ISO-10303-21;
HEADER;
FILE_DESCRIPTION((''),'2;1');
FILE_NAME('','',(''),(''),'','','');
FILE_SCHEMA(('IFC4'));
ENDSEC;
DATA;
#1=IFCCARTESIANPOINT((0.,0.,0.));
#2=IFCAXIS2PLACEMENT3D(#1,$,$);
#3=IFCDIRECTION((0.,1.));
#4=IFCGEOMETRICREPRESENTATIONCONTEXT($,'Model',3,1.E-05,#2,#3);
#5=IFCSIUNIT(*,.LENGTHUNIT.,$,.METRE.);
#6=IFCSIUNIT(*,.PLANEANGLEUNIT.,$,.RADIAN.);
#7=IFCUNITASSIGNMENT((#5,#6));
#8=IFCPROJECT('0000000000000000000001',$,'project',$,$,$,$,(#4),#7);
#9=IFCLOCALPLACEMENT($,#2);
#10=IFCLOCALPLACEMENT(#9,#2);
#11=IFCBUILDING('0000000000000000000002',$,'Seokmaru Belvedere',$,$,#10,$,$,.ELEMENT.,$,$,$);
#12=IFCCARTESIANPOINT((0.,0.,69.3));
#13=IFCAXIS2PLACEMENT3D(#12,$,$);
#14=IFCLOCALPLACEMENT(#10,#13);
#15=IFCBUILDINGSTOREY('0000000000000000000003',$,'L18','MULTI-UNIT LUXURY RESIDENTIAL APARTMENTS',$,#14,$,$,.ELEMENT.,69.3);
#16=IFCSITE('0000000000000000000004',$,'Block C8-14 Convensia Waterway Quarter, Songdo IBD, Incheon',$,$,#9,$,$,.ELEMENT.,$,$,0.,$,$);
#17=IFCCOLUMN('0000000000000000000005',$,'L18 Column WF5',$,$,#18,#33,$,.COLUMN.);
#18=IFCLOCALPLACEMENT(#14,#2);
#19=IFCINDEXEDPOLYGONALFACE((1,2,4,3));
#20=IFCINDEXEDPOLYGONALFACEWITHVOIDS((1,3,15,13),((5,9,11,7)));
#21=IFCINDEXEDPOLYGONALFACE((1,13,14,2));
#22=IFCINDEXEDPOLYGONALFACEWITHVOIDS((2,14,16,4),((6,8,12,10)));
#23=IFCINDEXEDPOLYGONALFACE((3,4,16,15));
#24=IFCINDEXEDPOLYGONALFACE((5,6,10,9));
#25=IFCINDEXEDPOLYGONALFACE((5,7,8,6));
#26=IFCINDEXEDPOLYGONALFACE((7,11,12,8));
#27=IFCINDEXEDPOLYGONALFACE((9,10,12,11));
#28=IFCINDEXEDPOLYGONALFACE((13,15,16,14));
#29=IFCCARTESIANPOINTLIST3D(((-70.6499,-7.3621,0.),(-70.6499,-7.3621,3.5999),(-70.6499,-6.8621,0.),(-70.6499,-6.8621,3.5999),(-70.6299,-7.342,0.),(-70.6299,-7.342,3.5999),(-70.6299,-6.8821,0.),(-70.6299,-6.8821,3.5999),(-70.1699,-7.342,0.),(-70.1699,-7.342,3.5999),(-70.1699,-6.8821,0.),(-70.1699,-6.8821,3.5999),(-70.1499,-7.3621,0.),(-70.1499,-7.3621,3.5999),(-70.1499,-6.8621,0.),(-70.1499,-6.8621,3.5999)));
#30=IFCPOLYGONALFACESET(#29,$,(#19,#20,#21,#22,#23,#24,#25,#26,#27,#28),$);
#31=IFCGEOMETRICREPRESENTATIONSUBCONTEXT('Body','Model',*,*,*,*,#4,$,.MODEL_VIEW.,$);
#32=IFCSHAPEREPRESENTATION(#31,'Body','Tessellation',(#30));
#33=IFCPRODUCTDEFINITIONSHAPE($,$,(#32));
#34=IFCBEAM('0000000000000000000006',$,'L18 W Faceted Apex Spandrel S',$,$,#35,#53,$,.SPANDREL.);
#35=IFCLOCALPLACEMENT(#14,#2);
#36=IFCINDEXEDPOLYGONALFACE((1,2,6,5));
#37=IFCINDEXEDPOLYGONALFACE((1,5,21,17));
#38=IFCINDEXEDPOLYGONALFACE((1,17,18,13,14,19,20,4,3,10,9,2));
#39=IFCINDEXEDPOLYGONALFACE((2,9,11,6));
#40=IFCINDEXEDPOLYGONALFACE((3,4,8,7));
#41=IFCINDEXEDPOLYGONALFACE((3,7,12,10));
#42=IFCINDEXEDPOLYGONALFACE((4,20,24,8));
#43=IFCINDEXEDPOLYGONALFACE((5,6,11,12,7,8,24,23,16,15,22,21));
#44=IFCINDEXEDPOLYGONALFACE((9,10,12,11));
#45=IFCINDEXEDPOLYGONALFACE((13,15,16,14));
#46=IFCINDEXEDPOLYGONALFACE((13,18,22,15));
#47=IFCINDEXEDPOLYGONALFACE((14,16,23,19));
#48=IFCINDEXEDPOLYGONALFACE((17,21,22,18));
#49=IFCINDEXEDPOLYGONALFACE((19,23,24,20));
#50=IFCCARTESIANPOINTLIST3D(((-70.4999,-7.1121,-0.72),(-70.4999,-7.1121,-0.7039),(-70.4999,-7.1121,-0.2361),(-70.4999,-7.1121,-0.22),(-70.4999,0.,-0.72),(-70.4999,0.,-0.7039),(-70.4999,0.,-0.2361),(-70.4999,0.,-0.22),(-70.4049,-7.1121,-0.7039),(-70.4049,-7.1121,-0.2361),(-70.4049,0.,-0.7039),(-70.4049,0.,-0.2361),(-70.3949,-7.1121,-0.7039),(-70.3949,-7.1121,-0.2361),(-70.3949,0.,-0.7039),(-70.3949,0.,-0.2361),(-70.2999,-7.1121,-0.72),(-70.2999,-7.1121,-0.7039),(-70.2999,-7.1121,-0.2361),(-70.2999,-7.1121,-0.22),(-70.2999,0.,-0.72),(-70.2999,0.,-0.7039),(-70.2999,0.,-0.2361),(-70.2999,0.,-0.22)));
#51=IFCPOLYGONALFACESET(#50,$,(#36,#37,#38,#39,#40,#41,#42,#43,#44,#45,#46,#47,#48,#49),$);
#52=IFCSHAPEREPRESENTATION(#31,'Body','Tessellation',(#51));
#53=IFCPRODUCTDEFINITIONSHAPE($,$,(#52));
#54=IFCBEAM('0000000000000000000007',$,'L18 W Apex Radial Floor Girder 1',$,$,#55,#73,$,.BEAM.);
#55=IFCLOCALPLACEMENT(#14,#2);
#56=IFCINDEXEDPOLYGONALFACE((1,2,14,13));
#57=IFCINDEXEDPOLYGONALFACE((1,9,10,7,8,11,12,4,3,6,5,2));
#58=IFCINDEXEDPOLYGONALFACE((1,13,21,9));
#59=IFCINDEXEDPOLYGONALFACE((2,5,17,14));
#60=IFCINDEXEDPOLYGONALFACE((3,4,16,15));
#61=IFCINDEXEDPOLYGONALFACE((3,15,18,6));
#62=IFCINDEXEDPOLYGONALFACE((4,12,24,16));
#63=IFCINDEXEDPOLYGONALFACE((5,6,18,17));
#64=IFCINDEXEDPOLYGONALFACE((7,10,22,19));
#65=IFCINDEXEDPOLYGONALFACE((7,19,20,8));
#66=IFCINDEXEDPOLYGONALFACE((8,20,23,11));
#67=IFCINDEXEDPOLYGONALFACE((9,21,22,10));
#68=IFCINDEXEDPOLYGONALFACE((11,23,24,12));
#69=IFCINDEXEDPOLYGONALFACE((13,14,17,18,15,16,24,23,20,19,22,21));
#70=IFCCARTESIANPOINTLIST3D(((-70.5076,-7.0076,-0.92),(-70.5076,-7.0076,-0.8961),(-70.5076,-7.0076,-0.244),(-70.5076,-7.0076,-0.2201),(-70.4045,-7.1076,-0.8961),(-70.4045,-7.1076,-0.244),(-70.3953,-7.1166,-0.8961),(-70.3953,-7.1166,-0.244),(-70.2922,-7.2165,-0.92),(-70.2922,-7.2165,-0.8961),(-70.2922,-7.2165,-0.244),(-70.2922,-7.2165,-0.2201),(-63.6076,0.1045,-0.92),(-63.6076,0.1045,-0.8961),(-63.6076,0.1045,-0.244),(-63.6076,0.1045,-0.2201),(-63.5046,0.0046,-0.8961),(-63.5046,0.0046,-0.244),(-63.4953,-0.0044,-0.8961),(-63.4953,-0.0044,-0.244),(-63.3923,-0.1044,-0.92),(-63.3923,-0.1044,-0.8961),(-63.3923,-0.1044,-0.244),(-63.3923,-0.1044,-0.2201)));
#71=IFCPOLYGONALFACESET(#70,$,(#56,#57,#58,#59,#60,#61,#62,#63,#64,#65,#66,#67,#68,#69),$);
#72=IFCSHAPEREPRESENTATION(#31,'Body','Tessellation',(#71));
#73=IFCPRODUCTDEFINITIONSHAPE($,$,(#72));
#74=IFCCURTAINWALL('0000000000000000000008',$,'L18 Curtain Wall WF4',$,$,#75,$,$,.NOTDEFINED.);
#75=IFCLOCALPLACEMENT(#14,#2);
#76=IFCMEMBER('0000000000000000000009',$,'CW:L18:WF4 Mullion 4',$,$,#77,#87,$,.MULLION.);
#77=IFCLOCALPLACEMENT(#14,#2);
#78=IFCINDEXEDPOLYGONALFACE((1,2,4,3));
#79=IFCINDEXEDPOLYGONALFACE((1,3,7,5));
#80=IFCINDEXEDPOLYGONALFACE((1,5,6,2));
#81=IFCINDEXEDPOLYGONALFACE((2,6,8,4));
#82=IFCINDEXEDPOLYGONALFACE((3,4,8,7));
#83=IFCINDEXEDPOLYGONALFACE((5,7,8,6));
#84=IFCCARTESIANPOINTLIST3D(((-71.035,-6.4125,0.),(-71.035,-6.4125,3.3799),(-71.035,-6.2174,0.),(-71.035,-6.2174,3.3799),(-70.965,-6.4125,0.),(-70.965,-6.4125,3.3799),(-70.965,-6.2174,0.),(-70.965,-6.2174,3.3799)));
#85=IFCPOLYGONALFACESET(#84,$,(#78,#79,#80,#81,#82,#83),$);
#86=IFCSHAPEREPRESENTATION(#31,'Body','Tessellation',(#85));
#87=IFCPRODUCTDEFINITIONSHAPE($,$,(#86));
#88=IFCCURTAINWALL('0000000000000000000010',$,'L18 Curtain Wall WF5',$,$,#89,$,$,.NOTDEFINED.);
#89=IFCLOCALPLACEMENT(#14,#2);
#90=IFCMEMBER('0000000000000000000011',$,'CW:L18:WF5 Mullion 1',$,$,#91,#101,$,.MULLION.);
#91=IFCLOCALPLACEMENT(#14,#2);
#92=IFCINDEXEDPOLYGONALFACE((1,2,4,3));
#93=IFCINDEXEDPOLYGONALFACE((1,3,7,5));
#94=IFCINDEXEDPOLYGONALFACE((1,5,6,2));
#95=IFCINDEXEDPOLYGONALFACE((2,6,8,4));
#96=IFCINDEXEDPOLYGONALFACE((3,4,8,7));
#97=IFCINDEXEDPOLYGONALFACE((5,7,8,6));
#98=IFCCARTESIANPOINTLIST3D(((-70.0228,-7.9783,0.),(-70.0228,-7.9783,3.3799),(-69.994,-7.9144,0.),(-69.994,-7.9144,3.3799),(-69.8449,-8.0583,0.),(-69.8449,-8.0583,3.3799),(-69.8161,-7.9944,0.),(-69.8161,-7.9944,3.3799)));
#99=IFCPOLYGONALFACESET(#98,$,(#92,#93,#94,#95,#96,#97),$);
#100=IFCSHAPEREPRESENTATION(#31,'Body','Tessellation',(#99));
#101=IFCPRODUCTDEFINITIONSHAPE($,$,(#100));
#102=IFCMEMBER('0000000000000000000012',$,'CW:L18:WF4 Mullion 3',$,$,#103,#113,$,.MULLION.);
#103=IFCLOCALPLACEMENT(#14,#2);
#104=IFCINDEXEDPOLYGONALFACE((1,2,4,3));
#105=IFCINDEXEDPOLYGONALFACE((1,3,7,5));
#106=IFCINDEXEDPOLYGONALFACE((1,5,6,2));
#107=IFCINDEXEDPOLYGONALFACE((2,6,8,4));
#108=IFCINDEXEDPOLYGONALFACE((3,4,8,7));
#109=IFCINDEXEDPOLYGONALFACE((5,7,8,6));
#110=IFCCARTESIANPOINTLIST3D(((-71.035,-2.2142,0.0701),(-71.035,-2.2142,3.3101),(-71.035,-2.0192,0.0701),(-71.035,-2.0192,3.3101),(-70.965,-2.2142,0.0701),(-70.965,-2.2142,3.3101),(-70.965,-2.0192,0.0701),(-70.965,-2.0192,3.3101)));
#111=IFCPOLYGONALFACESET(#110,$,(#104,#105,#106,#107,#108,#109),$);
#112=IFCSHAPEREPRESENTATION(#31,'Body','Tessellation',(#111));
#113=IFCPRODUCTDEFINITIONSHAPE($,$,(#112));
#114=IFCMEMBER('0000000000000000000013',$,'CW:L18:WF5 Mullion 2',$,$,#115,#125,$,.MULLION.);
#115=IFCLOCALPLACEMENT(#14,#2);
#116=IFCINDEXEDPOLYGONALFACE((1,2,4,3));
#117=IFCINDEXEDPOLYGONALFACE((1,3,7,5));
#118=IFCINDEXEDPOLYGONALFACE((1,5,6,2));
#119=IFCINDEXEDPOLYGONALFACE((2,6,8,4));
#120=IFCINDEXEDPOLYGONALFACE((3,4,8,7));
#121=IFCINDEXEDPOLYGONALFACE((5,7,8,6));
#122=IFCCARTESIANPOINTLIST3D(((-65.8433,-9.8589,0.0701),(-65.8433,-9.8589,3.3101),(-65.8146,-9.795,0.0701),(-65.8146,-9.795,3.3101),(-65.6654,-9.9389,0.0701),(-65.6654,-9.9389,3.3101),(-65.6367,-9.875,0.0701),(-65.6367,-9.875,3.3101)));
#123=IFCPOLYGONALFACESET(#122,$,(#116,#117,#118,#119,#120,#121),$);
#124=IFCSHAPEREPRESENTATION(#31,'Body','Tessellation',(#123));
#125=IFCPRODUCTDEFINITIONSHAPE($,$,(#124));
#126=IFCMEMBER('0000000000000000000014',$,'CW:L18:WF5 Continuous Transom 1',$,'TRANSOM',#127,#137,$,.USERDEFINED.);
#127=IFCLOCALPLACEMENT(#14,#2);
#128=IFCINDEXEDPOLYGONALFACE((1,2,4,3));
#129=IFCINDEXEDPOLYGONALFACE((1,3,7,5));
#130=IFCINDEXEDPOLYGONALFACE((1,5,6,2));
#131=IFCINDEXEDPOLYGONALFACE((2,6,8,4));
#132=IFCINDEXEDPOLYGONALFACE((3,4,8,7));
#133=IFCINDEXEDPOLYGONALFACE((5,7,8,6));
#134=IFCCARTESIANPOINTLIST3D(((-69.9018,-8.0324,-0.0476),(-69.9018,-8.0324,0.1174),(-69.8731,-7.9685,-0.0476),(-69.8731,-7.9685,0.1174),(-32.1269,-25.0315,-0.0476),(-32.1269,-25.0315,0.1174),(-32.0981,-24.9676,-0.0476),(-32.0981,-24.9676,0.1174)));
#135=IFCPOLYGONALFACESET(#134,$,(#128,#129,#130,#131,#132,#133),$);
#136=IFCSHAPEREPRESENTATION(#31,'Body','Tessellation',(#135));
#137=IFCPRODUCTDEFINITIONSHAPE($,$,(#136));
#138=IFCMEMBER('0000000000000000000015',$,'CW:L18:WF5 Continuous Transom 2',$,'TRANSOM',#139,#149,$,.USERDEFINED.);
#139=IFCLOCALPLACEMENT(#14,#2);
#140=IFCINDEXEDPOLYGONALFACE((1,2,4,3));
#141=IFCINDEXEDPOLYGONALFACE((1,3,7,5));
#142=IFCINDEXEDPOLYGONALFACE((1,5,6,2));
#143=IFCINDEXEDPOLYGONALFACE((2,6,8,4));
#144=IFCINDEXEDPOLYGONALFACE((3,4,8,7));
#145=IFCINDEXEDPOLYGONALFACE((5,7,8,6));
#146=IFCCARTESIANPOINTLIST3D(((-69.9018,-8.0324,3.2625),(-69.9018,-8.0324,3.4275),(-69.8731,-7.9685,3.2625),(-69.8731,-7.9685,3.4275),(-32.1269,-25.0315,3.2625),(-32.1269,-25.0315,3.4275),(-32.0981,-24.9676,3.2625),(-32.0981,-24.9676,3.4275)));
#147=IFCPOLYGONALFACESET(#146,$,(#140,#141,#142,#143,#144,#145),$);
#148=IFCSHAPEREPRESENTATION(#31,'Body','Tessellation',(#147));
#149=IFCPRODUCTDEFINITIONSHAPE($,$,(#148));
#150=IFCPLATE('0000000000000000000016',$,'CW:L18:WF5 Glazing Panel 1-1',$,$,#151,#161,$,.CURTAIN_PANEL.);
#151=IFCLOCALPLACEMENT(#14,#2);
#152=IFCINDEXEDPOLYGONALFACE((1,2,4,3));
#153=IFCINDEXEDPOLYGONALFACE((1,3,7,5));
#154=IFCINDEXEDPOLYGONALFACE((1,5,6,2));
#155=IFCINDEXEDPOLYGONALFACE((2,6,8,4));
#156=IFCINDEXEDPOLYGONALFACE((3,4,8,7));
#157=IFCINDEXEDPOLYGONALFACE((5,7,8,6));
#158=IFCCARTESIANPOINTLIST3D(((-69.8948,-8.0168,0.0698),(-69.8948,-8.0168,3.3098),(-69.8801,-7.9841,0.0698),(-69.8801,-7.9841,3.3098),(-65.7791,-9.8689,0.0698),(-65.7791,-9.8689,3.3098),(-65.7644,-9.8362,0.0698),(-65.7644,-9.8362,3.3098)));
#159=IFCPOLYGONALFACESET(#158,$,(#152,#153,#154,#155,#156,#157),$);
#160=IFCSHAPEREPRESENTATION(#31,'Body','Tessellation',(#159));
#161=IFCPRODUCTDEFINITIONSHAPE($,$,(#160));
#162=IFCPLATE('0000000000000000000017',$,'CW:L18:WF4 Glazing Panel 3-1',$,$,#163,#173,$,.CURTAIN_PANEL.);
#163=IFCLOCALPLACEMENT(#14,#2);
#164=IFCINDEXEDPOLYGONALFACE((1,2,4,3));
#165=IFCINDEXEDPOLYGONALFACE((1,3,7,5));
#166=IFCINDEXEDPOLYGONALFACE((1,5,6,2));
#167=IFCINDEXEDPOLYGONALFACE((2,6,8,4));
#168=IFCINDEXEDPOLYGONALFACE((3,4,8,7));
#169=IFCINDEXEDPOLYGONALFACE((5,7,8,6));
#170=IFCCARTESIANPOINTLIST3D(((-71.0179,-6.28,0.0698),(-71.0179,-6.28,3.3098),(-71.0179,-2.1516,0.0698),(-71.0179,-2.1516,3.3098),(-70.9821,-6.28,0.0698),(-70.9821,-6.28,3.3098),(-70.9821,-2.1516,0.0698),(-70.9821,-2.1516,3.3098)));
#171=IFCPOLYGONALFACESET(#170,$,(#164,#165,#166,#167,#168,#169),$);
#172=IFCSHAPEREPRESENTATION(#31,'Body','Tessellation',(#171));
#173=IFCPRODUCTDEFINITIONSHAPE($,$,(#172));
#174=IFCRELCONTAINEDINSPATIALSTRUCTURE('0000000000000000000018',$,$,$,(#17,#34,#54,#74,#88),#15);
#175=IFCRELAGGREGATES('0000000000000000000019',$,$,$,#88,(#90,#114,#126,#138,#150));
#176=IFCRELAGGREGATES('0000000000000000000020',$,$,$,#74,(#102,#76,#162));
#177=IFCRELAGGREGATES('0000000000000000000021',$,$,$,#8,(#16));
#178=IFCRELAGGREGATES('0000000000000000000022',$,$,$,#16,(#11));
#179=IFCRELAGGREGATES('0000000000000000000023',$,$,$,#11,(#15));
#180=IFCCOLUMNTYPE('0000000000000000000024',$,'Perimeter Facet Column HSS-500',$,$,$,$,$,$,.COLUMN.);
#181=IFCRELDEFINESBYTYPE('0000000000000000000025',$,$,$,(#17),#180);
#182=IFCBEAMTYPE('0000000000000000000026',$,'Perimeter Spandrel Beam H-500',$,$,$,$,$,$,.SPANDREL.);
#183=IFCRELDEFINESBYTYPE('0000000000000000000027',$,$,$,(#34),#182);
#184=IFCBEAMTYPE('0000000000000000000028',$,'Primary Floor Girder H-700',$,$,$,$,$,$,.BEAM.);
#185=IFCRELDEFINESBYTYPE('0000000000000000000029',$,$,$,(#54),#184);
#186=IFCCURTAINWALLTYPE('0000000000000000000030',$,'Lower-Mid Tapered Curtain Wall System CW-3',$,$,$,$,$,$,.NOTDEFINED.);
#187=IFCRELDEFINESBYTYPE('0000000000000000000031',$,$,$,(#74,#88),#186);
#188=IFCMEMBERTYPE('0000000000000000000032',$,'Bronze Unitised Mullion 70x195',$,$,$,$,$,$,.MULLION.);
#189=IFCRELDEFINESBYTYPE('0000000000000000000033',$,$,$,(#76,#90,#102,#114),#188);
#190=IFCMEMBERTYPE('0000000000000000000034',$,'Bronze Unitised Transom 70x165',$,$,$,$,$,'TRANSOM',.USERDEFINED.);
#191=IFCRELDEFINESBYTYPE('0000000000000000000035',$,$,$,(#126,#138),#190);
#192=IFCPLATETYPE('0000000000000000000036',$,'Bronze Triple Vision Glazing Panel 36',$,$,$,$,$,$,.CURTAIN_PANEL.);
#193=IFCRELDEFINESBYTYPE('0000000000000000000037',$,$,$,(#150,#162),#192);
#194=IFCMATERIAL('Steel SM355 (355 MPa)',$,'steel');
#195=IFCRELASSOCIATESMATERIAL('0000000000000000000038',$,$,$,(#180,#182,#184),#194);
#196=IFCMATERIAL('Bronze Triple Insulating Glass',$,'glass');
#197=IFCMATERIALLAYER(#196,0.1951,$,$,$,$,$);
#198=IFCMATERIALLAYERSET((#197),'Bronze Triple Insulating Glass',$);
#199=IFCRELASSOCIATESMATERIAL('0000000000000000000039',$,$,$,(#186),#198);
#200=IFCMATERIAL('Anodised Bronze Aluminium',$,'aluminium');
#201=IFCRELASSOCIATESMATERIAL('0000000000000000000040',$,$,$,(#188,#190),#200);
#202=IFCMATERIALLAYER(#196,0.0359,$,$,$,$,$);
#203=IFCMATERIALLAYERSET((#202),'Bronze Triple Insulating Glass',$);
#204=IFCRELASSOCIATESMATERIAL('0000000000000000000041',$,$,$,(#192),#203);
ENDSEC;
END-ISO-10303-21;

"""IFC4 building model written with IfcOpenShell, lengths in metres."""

from ifc_helpers import new_model, si_unit, direction, frame, origin, origin_2d, place, context, subcontext, project, spatial, rectangle, hollow_rectangle, i_section, extrude, source, transform, mapped, material, layer, layer_set, material_profile, profile_set, type_object, type_shapes, element, aggregate, save


model = new_model("IFC4")

# Units and contexts
model_context = context("Model", 3, precision=1e-05, world=origin(), true_north=direction((0.0, 1.0)))
body_context = subcontext(model_context, "Body", "Model", "MODEL_VIEW")
ifc_project = project(units=[si_unit("LENGTHUNIT", "METRE"), si_unit("PLANEANGLEUNIT", "RADIAN")], contexts=[model_context])

# Site, building, storey
site_placement = place(None, origin())
site = spatial("IfcSite", under=ifc_project, at=site_placement, Name="Block C8-14 Convensia Waterway Quarter, Songdo IBD, Incheon", CompositionType="ELEMENT", RefElevation=0.0)
building_placement = place(site_placement, origin())
building = spatial("IfcBuilding", under=site, at=building_placement, Name="Seokmaru Belvedere", CompositionType="ELEMENT")
storey_placement = place(building_placement, frame((0.0, 0.0, 69.3)))
storey = spatial("IfcBuildingStorey", under=building, at=storey_placement, Name="L18", Description="MULTI-UNIT LUXURY RESIDENTIAL APARTMENTS", CompositionType="ELEMENT", Elevation=69.3)

# Column
ifc_material_1 = material(Name="Steel SM355 (355 MPa)", Category="steel")
ifc_material_profile_1 = material_profile(ifc_material_1, hollow_rectangle(XDim=0.5, YDim=0.5, WallThickness=0.02, at=origin_2d()), Name="HSS-500x500x20")
ifc_profile_set_1 = profile_set([ifc_material_profile_1], Name="Steel SM355 (355 MPa)")
column_type = type_object("IfcColumnType", Name="Perimeter Facet Column HSS-500", PredefinedType="COLUMN", material=ifc_profile_set_1)
shared_shape_1 = source(origin(), body_context, "Body", "SweptSolid", [
    extrude(hollow_rectangle(XDim=0.5, YDim=0.5, WallThickness=0.02, at=origin_2d()), origin(), (0.0, 0.0, 1.0), 3.5999),
])
type_shapes(column_type, [shared_shape_1])
column_placement = place(storey_placement, frame((-70.3999, -7.1121, 0.0), z_axis=(0.0, 0.0, 1.0), x_axis=(1.0, 0.0, 0.0)))
element("IfcColumn", 1, at=column_placement, inside=storey, type_object=column_type, Name="L18 Column WF5", PredefinedType="COLUMN", context=body_context, shape_type="MappedRepresentation", body=[
    mapped(shared_shape_1, transform((0.0, 0.0, 0.0), scale=1.0)),
])

# Beams
ifc_material_profile_2 = material_profile(ifc_material_1, i_section(OverallWidth=0.2, OverallDepth=0.5, WebThickness=0.01, FlangeThickness=0.0161, at=origin_2d()), Name="H-500x200x10x16")
ifc_profile_set_2 = profile_set([ifc_material_profile_2], Name="Steel SM355 (355 MPa)")
beam_type_1 = type_object("IfcBeamType", Name="Perimeter Spandrel Beam H-500", PredefinedType="SPANDREL", material=ifc_profile_set_2)
shared_shape_2 = source(origin(), body_context, "Body", "SweptSolid", [
    extrude(i_section(OverallWidth=0.2, OverallDepth=0.5, WebThickness=0.01, FlangeThickness=0.0161, at=origin_2d()), origin(), (0.0, 0.0, 1.0), 7.1121),
])
type_shapes(beam_type_1, [shared_shape_2])
beam_1_placement = place(storey_placement, frame((-70.3999, -7.1121, -0.47), z_axis=(0.0, 1.0, 0.0), x_axis=(-1.0, 0.0, 0.0)))
element("IfcBeam", 2, at=beam_1_placement, inside=storey, type_object=beam_type_1, Name="L18 W Faceted Apex Spandrel S", PredefinedType="SPANDREL", context=body_context, shape_type="MappedRepresentation", body=[
    mapped(shared_shape_2, transform((0.0, 0.0, 0.0), scale=1.0)),
])
ifc_material_profile_3 = material_profile(ifc_material_1, i_section(OverallWidth=0.3, OverallDepth=0.7, WebThickness=0.0129, FlangeThickness=0.0239, at=origin_2d()), Name="H-700x300x13x24")
ifc_profile_set_3 = profile_set([ifc_material_profile_3], Name="Steel SM355 (355 MPa)")
beam_type_2 = type_object("IfcBeamType", Name="Primary Floor Girder H-700", PredefinedType="BEAM", material=ifc_profile_set_3)
shared_shape_3 = source(origin(), body_context, "Body", "SweptSolid", [
    extrude(i_section(OverallWidth=0.3, OverallDepth=0.7, WebThickness=0.0129, FlangeThickness=0.0239, at=origin_2d()), origin(), (0.0, 0.0, 1.0), 9.9092),
])
type_shapes(beam_type_2, [shared_shape_3])
beam_2_placement = place(storey_placement, frame((-70.3999, -7.1121, -0.5701), z_axis=(0.696321, 0.717731, 0.0), x_axis=(-0.717731, 0.696321, 0.0)))
element("IfcBeam", 3, at=beam_2_placement, inside=storey, type_object=beam_type_2, Name="L18 W Apex Radial Floor Girder 1", PredefinedType="BEAM", context=body_context, shape_type="MappedRepresentation", body=[
    mapped(shared_shape_3, transform((0.0, 0.0, 0.0), scale=1.0)),
])

# Curtain walls, members
ifc_material_2 = material(Name="Bronze Triple Insulating Glass", Category="glass")
ifc_layer_1 = layer(ifc_material_2, 0.1951)
ifc_layer_set_1 = layer_set([ifc_layer_1], Name="Bronze Triple Insulating Glass")
curtain_wall_type = type_object("IfcCurtainWallType", Name="Lower-Mid Tapered Curtain Wall System CW-3", PredefinedType="NOTDEFINED", material=ifc_layer_set_1)
curtain_wall_1_placement = place(storey_placement, origin())
curtain_wall_1 = element("IfcCurtainWall", 4, at=curtain_wall_1_placement, inside=storey, type_object=curtain_wall_type, Name="L18 Curtain Wall WF4", PredefinedType="NOTDEFINED")
ifc_material_3 = material(Name="Anodised Bronze Aluminium", Category="aluminium")
ifc_material_profile_4 = material_profile(ifc_material_3, rectangle(XDim=0.0701, YDim=0.1951, at=origin_2d()), Name="CW-M-70x195")
ifc_profile_set_4 = profile_set([ifc_material_profile_4], Name="Anodised Bronze Aluminium")
member_type_1 = type_object("IfcMemberType", Name="Bronze Unitised Mullion 70x195", PredefinedType="MULLION", material=ifc_profile_set_4)
shared_shape_4 = source(origin(), body_context, "Body", "SweptSolid", [
    extrude(rectangle(XDim=0.0701, YDim=0.1951, at=origin_2d()), origin(), (0.0, 0.0, 1.0), 3.3799),
])
member_1_placement = place(storey_placement, frame((-71.0, -6.3149, 0.0), z_axis=(0.0, 0.0, 1.0), x_axis=(1.0, 0.0, 0.0)))
member_1 = element("IfcMember", 5, at=member_1_placement, type_object=member_type_1, Name="CW:L18:WF4 Mullion 4", PredefinedType="MULLION", context=body_context, shape_type="MappedRepresentation", body=[
    mapped(shared_shape_4, transform((0.0, 0.0, 0.0), scale=1.0)),
])
curtain_wall_2_placement = place(storey_placement, origin())
curtain_wall_2 = element("IfcCurtainWall", 6, at=curtain_wall_2_placement, inside=storey, type_object=curtain_wall_type, Name="L18 Curtain Wall WF5", PredefinedType="NOTDEFINED")
member_2_placement = place(storey_placement, frame((-69.9194, -7.9863, 0.0), z_axis=(0.0, 0.0, 1.0), x_axis=(0.410366, 0.911921, 0.0)))
member_2 = element("IfcMember", 7, at=member_2_placement, type_object=member_type_1, Name="CW:L18:WF5 Mullion 1", PredefinedType="MULLION", context=body_context, shape_type="MappedRepresentation", body=[
    mapped(shared_shape_4, transform((0.0, 0.0, 0.0), scale=1.0)),
])

# Members
shared_shape_5 = source(origin(), body_context, "Body", "SweptSolid", [
    extrude(rectangle(XDim=0.0701, YDim=0.1951, at=origin_2d()), origin(), (0.0, 0.0, 1.0), 3.24),
])
type_shapes(member_type_1, [shared_shape_4, shared_shape_5])
member_3_placement = place(storey_placement, frame((-71.0, -2.1167, 0.0701), z_axis=(0.0, 0.0, 1.0), x_axis=(1.0, 0.0, 0.0)))
member_3 = element("IfcMember", 8, at=member_3_placement, type_object=member_type_1, Name="CW:L18:WF4 Mullion 3", PredefinedType="MULLION", context=body_context, shape_type="MappedRepresentation", body=[
    mapped(shared_shape_5, transform((0.0, 0.0, 0.0), scale=1.0)),
])
member_4_placement = place(storey_placement, frame((-65.74, -9.8669, 0.0701), z_axis=(0.0, 0.0, 1.0), x_axis=(0.410366, 0.911921, 0.0)))
member_4 = element("IfcMember", 9, at=member_4_placement, type_object=member_type_1, Name="CW:L18:WF5 Mullion 2", PredefinedType="MULLION", context=body_context, shape_type="MappedRepresentation", body=[
    mapped(shared_shape_5, transform((0.0, 0.0, 0.0), scale=1.0)),
])
ifc_material_profile_5 = material_profile(ifc_material_3, rectangle(XDim=0.0701, YDim=0.165, at=origin_2d()), Name="CW-T-70x165")
ifc_profile_set_5 = profile_set([ifc_material_profile_5], Name="Anodised Bronze Aluminium")
member_type_2 = type_object("IfcMemberType", Name="Bronze Unitised Transom 70x165", ElementType="TRANSOM", PredefinedType="USERDEFINED", material=ifc_profile_set_5)
shared_shape_6 = source(origin(), body_context, "Body", "SweptSolid", [
    extrude(rectangle(XDim=0.0701, YDim=0.165, at=origin_2d()), origin(), (0.0, 0.0, 1.0), 41.4236),
])
type_shapes(member_type_2, [shared_shape_6])
member_5_placement = place(storey_placement, frame((-69.8875, -8.0005, 0.0349), z_axis=(0.911919, -0.410371, 0.0), x_axis=(0.410371, 0.911919, 0.0)))
member_5 = element("IfcMember", 10, at=member_5_placement, type_object=member_type_2, Name="CW:L18:WF5 Continuous Transom 1", ObjectType="TRANSOM", PredefinedType="USERDEFINED", context=body_context, shape_type="MappedRepresentation", body=[
    mapped(shared_shape_6, transform((0.0, 0.0, 0.0), scale=1.0)),
])
member_6_placement = place(storey_placement, frame((-69.8875, -8.0005, 3.345), z_axis=(0.911919, -0.410371, 0.0), x_axis=(0.410371, 0.911919, 0.0)))
member_6 = element("IfcMember", 11, at=member_6_placement, type_object=member_type_2, Name="CW:L18:WF5 Continuous Transom 2", ObjectType="TRANSOM", PredefinedType="USERDEFINED", context=body_context, shape_type="MappedRepresentation", body=[
    mapped(shared_shape_6, transform((0.0, 0.0, 0.0), scale=1.0)),
])

# Plates
ifc_layer_2 = layer(ifc_material_2, 0.0359)
ifc_layer_set_2 = layer_set([ifc_layer_2], Name="Bronze Triple Insulating Glass")
plate_type = type_object("IfcPlateType", Name="Bronze Triple Vision Glazing Panel 36", PredefinedType="CURTAIN_PANEL", material=ifc_layer_set_2)
shared_shape_7 = source(origin(), body_context, "Body", "SweptSolid", [
    extrude(rectangle(XDim=4.5132, YDim=0.0359, at=origin_2d()), origin(), (0.0, 0.0, 1.0), 3.24),
])
plate_1_placement = place(storey_placement, frame((-67.8296, -8.9265, 0.0698), z_axis=(0.0, 0.0, 1.0), x_axis=(0.911921, -0.410366, 0.0)))
plate_1 = element("IfcPlate", 12, at=plate_1_placement, type_object=plate_type, Name="CW:L18:WF5 Glazing Panel 1-1", PredefinedType="CURTAIN_PANEL", context=body_context, shape_type="MappedRepresentation", body=[
    mapped(shared_shape_7, transform((0.0, 0.0, 0.0), scale=1.0)),
])
aggregate(curtain_wall_2, [member_2, member_4, member_5, member_6, plate_1])
shared_shape_8 = source(origin(), body_context, "Body", "SweptSolid", [
    extrude(rectangle(XDim=4.1284, YDim=0.0359, at=origin_2d()), origin(), (0.0, 0.0, 1.0), 3.24),
])
type_shapes(plate_type, [shared_shape_7, shared_shape_8])
plate_2_placement = place(storey_placement, frame((-71.0, -4.2158, 0.0698), z_axis=(0.0, 0.0, 1.0), x_axis=(0.0, -1.0, 0.0)))
plate_2 = element("IfcPlate", 13, at=plate_2_placement, type_object=plate_type, Name="CW:L18:WF4 Glazing Panel 3-1", PredefinedType="CURTAIN_PANEL", context=body_context, shape_type="MappedRepresentation", body=[
    mapped(shared_shape_8, transform((0.0, 0.0, 0.0), scale=1.0)),
])
aggregate(curtain_wall_1, [member_3, member_1, plate_2])

save(model, "model.ifc")
